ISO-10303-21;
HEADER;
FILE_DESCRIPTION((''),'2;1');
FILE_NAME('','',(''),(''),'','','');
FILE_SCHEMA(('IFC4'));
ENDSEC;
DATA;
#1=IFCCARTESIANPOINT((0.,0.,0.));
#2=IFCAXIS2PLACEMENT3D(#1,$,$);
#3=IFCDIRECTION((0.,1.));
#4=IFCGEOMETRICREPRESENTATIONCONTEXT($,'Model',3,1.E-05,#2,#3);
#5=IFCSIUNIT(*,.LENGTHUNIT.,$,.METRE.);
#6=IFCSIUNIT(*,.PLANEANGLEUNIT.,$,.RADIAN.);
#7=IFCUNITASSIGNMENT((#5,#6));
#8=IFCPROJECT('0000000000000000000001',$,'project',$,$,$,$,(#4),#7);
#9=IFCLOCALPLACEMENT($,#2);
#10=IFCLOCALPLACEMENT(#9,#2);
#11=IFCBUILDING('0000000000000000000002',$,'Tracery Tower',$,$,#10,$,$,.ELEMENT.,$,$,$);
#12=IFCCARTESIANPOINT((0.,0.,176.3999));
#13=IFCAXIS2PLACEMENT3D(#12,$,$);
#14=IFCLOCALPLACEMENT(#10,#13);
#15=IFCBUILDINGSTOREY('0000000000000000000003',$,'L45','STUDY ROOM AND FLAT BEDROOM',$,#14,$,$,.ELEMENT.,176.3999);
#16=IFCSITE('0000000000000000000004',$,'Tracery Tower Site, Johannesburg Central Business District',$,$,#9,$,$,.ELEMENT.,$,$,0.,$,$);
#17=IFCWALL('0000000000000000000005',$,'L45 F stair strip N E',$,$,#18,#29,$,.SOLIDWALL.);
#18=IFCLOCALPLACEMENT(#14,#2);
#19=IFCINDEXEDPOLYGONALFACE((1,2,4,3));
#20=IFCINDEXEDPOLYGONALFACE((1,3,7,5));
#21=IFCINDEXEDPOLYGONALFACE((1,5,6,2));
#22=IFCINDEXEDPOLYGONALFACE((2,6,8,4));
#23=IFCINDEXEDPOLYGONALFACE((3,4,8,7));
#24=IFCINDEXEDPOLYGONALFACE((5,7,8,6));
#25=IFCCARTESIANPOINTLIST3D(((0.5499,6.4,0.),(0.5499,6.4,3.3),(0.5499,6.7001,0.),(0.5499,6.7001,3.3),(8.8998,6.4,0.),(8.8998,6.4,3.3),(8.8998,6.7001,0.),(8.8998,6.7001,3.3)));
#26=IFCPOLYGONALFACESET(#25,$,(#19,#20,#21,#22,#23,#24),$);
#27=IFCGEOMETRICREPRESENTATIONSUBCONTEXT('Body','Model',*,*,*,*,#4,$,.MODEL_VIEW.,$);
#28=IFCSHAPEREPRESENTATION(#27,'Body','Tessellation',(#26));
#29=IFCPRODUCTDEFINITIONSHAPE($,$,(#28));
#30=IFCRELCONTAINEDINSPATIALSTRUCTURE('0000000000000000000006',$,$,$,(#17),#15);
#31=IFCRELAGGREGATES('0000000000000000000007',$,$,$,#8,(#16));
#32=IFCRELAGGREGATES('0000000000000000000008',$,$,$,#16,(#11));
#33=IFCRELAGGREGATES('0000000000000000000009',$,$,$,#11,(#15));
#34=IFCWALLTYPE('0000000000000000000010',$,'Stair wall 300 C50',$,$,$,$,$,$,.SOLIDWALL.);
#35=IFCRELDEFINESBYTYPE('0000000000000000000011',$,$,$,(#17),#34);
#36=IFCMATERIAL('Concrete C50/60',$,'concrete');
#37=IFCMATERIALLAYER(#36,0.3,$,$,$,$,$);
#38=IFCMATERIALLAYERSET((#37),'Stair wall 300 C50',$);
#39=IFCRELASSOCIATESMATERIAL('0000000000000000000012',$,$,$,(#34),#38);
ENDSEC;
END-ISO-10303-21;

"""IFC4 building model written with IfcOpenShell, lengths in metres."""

from ifc_helpers import new_model, si_unit, direction, frame, frame_2d, origin, place, context, subcontext, project, spatial, rectangle, extrude, material, layer, layer_set, type_object, element, save


model = new_model("IFC4")

# Units and contexts
model_context = context("Model", 3, precision=1e-05, world=origin(), true_north=direction((0.0, 1.0)))
body_context = subcontext(model_context, "Body", "Model", "MODEL_VIEW")
ifc_project = project(units=[si_unit("LENGTHUNIT", "METRE"), si_unit("PLANEANGLEUNIT", "RADIAN")], contexts=[model_context])

# Site, building, storey
site_placement = place(None, origin())
site = spatial("IfcSite", under=ifc_project, at=site_placement, Name="Tracery Tower Site, Johannesburg Central Business District", CompositionType="ELEMENT", RefElevation=0.0)
building_placement = place(site_placement, origin())
building = spatial("IfcBuilding", under=site, at=building_placement, Name="Tracery Tower", CompositionType="ELEMENT")
storey_placement = place(building_placement, frame((0.0, 0.0, 176.3999)))
storey = spatial("IfcBuildingStorey", under=building, at=storey_placement, Name="L45", Description="STUDY ROOM AND FLAT BEDROOM", CompositionType="ELEMENT", Elevation=176.3999)

# Wall
ifc_material_1 = material(Name="Concrete C50/60", Category="concrete")
ifc_layer_1 = layer(ifc_material_1, 0.3)
ifc_layer_set_1 = layer_set([ifc_layer_1], Name="Stair wall 300 C50")
wall_type_1 = type_object("IfcWallType", Name="Stair wall 300 C50", PredefinedType="SOLIDWALL", material=ifc_layer_set_1)
wall_1_placement = place(storey_placement, frame((0.55, 6.55, 0.0), z_axis=(0.0, 0.0, 1.0), x_axis=(1.0, 0.0, 0.0)))
element("IfcWall", 1, at=wall_1_placement, inside=storey, type_object=wall_type_1, Name="L45 F stair strip N E", PredefinedType="SOLIDWALL", context=body_context, shape_type="SweptSolid", body=[
    extrude(rectangle(XDim=8.3499, YDim=0.3, at=frame_2d((4.1748, 0.0))), origin(), (0.0, 0.0, 1.0), 3.3),
])

save(model, "model.ifc")
